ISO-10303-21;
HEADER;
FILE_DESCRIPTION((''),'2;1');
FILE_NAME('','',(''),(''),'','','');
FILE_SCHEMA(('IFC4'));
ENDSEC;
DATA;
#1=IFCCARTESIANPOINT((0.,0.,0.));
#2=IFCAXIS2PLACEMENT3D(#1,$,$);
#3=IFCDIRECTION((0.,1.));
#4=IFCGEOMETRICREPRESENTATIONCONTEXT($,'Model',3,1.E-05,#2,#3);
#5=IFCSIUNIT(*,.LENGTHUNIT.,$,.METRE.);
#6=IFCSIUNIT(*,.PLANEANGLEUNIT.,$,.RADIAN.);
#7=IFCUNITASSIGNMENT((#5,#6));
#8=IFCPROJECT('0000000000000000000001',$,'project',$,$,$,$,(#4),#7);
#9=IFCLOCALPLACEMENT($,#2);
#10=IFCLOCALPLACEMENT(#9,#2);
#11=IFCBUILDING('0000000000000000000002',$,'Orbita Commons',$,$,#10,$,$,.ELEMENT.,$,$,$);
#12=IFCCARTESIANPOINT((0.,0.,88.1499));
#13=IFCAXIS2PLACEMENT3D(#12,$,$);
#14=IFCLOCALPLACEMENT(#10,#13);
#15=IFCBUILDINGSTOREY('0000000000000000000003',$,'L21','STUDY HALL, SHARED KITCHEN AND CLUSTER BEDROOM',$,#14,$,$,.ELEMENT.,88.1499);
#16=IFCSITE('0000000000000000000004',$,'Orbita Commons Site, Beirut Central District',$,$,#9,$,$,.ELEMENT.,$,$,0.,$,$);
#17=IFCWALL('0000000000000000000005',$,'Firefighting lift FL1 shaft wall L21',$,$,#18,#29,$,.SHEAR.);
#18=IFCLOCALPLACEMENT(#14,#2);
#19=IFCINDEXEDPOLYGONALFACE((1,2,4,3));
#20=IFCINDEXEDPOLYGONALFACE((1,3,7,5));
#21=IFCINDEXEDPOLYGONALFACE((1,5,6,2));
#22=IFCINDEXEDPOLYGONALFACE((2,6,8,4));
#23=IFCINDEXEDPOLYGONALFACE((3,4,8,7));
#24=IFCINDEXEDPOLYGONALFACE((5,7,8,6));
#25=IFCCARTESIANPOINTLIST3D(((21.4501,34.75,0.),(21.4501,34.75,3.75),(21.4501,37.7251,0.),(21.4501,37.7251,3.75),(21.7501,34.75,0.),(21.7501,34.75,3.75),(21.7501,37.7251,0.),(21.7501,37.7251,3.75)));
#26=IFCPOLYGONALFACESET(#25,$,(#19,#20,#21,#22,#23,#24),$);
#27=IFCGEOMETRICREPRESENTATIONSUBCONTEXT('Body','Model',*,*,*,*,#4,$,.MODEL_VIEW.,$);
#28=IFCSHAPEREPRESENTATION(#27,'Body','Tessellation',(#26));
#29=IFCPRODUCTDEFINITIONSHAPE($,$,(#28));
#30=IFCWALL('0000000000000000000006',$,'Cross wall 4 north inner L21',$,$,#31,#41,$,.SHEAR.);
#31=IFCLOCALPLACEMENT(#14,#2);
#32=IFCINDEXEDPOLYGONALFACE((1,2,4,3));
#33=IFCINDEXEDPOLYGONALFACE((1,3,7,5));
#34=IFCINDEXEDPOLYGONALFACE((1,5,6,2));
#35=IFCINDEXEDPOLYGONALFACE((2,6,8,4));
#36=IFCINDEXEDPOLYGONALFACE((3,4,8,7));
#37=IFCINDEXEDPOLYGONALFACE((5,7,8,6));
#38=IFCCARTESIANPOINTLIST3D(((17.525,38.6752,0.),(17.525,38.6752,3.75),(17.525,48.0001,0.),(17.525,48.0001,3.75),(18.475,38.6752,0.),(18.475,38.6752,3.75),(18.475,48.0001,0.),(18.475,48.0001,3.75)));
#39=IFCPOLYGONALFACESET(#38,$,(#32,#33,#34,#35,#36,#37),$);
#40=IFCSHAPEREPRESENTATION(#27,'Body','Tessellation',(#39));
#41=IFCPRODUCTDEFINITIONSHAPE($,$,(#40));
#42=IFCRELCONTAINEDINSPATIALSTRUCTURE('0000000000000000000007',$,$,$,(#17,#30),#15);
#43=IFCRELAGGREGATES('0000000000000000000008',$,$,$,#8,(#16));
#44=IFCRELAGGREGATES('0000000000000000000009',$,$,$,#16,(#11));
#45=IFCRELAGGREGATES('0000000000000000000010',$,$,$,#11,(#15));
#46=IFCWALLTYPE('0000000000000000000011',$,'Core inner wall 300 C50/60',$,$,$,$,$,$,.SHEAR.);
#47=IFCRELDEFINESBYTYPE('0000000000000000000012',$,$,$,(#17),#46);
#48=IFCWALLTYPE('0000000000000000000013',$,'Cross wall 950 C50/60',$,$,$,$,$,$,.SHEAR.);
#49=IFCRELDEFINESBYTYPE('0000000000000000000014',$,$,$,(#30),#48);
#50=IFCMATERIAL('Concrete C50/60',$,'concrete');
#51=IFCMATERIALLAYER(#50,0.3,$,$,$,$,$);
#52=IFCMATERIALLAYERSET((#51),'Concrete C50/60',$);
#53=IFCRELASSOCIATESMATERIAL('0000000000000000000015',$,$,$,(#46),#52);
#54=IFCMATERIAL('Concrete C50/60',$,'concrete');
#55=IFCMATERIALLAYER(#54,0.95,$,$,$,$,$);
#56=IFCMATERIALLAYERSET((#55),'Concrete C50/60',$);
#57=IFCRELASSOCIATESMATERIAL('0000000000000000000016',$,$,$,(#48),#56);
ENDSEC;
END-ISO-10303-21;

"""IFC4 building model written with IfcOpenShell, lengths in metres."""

from ifc_helpers import new_model, si_unit, direction, frame, frame_2d, origin, place, context, subcontext, project, spatial, rectangle, extrude, material, layer, layer_set, type_object, element, save


model = new_model("IFC4")

# Units and contexts
model_context = context("Model", 3, precision=1e-05, world=origin(), true_north=direction((0.0, 1.0)))
body_context = subcontext(model_context, "Body", "Model", "MODEL_VIEW")
ifc_project = project(units=[si_unit("LENGTHUNIT", "METRE"), si_unit("PLANEANGLEUNIT", "RADIAN")], contexts=[model_context])

# Site, building, storey
site_placement = place(None, origin())
site = spatial("IfcSite", under=ifc_project, at=site_placement, Name="Orbita Commons Site, Beirut Central District", CompositionType="ELEMENT", RefElevation=0.0)
building_placement = place(site_placement, origin())
building = spatial("IfcBuilding", under=site, at=building_placement, Name="Orbita Commons", CompositionType="ELEMENT")
storey_placement = place(building_placement, frame((0.0, 0.0, 88.1499)))
storey = spatial("IfcBuildingStorey", under=building, at=storey_placement, Name="L21", Description="STUDY HALL, SHARED KITCHEN AND CLUSTER BEDROOM", CompositionType="ELEMENT", Elevation=88.1499)

# Walls
ifc_material_1 = material(Name="Concrete C50/60", Category="concrete")
ifc_layer_1 = layer(ifc_material_1, 0.3)
ifc_layer_set_1 = layer_set([ifc_layer_1], Name="Concrete C50/60")
wall_type_1 = type_object("IfcWallType", Name="Core inner wall 300 C50/60", PredefinedType="SHEAR", material=ifc_layer_set_1)
wall_1_placement = place(storey_placement, frame((21.6001, 34.75, 0.0), z_axis=(0.0, 0.0, 1.0), x_axis=(0.0, 1.0, 0.0)))
element("IfcWall", 1, at=wall_1_placement, inside=storey, type_object=wall_type_1, Name="Firefighting lift FL1 shaft wall L21", PredefinedType="SHEAR", context=body_context, shape_type="SweptSolid", body=[
    extrude(rectangle(XDim=2.9751, YDim=0.3, at=frame_2d((1.4875, 0.0))), origin(), (0.0, 0.0, 1.0), 3.75),
])
ifc_material_2 = material(Name="Concrete C50/60", Category="concrete")
ifc_layer_2 = layer(ifc_material_2, 0.95)
ifc_layer_set_2 = layer_set([ifc_layer_2], Name="Concrete C50/60")
wall_type_2 = type_object("IfcWallType", Name="Cross wall 950 C50/60", PredefinedType="SHEAR", material=ifc_layer_set_2)
wall_2_placement = place(storey_placement, frame((18.0, 38.675, 0.0), z_axis=(0.0, 0.0, 1.0), x_axis=(0.0, 1.0, 0.0)))
element("IfcWall", 2, at=wall_2_placement, inside=storey, type_object=wall_type_2, Name="Cross wall 4 north inner L21", PredefinedType="SHEAR", context=body_context, shape_type="SweptSolid", body=[
    extrude(rectangle(XDim=9.325, YDim=0.95, at=frame_2d((4.6626, 0.0))), origin(), (0.0, 0.0, 1.0), 3.75),
])

save(model, "model.ifc")
